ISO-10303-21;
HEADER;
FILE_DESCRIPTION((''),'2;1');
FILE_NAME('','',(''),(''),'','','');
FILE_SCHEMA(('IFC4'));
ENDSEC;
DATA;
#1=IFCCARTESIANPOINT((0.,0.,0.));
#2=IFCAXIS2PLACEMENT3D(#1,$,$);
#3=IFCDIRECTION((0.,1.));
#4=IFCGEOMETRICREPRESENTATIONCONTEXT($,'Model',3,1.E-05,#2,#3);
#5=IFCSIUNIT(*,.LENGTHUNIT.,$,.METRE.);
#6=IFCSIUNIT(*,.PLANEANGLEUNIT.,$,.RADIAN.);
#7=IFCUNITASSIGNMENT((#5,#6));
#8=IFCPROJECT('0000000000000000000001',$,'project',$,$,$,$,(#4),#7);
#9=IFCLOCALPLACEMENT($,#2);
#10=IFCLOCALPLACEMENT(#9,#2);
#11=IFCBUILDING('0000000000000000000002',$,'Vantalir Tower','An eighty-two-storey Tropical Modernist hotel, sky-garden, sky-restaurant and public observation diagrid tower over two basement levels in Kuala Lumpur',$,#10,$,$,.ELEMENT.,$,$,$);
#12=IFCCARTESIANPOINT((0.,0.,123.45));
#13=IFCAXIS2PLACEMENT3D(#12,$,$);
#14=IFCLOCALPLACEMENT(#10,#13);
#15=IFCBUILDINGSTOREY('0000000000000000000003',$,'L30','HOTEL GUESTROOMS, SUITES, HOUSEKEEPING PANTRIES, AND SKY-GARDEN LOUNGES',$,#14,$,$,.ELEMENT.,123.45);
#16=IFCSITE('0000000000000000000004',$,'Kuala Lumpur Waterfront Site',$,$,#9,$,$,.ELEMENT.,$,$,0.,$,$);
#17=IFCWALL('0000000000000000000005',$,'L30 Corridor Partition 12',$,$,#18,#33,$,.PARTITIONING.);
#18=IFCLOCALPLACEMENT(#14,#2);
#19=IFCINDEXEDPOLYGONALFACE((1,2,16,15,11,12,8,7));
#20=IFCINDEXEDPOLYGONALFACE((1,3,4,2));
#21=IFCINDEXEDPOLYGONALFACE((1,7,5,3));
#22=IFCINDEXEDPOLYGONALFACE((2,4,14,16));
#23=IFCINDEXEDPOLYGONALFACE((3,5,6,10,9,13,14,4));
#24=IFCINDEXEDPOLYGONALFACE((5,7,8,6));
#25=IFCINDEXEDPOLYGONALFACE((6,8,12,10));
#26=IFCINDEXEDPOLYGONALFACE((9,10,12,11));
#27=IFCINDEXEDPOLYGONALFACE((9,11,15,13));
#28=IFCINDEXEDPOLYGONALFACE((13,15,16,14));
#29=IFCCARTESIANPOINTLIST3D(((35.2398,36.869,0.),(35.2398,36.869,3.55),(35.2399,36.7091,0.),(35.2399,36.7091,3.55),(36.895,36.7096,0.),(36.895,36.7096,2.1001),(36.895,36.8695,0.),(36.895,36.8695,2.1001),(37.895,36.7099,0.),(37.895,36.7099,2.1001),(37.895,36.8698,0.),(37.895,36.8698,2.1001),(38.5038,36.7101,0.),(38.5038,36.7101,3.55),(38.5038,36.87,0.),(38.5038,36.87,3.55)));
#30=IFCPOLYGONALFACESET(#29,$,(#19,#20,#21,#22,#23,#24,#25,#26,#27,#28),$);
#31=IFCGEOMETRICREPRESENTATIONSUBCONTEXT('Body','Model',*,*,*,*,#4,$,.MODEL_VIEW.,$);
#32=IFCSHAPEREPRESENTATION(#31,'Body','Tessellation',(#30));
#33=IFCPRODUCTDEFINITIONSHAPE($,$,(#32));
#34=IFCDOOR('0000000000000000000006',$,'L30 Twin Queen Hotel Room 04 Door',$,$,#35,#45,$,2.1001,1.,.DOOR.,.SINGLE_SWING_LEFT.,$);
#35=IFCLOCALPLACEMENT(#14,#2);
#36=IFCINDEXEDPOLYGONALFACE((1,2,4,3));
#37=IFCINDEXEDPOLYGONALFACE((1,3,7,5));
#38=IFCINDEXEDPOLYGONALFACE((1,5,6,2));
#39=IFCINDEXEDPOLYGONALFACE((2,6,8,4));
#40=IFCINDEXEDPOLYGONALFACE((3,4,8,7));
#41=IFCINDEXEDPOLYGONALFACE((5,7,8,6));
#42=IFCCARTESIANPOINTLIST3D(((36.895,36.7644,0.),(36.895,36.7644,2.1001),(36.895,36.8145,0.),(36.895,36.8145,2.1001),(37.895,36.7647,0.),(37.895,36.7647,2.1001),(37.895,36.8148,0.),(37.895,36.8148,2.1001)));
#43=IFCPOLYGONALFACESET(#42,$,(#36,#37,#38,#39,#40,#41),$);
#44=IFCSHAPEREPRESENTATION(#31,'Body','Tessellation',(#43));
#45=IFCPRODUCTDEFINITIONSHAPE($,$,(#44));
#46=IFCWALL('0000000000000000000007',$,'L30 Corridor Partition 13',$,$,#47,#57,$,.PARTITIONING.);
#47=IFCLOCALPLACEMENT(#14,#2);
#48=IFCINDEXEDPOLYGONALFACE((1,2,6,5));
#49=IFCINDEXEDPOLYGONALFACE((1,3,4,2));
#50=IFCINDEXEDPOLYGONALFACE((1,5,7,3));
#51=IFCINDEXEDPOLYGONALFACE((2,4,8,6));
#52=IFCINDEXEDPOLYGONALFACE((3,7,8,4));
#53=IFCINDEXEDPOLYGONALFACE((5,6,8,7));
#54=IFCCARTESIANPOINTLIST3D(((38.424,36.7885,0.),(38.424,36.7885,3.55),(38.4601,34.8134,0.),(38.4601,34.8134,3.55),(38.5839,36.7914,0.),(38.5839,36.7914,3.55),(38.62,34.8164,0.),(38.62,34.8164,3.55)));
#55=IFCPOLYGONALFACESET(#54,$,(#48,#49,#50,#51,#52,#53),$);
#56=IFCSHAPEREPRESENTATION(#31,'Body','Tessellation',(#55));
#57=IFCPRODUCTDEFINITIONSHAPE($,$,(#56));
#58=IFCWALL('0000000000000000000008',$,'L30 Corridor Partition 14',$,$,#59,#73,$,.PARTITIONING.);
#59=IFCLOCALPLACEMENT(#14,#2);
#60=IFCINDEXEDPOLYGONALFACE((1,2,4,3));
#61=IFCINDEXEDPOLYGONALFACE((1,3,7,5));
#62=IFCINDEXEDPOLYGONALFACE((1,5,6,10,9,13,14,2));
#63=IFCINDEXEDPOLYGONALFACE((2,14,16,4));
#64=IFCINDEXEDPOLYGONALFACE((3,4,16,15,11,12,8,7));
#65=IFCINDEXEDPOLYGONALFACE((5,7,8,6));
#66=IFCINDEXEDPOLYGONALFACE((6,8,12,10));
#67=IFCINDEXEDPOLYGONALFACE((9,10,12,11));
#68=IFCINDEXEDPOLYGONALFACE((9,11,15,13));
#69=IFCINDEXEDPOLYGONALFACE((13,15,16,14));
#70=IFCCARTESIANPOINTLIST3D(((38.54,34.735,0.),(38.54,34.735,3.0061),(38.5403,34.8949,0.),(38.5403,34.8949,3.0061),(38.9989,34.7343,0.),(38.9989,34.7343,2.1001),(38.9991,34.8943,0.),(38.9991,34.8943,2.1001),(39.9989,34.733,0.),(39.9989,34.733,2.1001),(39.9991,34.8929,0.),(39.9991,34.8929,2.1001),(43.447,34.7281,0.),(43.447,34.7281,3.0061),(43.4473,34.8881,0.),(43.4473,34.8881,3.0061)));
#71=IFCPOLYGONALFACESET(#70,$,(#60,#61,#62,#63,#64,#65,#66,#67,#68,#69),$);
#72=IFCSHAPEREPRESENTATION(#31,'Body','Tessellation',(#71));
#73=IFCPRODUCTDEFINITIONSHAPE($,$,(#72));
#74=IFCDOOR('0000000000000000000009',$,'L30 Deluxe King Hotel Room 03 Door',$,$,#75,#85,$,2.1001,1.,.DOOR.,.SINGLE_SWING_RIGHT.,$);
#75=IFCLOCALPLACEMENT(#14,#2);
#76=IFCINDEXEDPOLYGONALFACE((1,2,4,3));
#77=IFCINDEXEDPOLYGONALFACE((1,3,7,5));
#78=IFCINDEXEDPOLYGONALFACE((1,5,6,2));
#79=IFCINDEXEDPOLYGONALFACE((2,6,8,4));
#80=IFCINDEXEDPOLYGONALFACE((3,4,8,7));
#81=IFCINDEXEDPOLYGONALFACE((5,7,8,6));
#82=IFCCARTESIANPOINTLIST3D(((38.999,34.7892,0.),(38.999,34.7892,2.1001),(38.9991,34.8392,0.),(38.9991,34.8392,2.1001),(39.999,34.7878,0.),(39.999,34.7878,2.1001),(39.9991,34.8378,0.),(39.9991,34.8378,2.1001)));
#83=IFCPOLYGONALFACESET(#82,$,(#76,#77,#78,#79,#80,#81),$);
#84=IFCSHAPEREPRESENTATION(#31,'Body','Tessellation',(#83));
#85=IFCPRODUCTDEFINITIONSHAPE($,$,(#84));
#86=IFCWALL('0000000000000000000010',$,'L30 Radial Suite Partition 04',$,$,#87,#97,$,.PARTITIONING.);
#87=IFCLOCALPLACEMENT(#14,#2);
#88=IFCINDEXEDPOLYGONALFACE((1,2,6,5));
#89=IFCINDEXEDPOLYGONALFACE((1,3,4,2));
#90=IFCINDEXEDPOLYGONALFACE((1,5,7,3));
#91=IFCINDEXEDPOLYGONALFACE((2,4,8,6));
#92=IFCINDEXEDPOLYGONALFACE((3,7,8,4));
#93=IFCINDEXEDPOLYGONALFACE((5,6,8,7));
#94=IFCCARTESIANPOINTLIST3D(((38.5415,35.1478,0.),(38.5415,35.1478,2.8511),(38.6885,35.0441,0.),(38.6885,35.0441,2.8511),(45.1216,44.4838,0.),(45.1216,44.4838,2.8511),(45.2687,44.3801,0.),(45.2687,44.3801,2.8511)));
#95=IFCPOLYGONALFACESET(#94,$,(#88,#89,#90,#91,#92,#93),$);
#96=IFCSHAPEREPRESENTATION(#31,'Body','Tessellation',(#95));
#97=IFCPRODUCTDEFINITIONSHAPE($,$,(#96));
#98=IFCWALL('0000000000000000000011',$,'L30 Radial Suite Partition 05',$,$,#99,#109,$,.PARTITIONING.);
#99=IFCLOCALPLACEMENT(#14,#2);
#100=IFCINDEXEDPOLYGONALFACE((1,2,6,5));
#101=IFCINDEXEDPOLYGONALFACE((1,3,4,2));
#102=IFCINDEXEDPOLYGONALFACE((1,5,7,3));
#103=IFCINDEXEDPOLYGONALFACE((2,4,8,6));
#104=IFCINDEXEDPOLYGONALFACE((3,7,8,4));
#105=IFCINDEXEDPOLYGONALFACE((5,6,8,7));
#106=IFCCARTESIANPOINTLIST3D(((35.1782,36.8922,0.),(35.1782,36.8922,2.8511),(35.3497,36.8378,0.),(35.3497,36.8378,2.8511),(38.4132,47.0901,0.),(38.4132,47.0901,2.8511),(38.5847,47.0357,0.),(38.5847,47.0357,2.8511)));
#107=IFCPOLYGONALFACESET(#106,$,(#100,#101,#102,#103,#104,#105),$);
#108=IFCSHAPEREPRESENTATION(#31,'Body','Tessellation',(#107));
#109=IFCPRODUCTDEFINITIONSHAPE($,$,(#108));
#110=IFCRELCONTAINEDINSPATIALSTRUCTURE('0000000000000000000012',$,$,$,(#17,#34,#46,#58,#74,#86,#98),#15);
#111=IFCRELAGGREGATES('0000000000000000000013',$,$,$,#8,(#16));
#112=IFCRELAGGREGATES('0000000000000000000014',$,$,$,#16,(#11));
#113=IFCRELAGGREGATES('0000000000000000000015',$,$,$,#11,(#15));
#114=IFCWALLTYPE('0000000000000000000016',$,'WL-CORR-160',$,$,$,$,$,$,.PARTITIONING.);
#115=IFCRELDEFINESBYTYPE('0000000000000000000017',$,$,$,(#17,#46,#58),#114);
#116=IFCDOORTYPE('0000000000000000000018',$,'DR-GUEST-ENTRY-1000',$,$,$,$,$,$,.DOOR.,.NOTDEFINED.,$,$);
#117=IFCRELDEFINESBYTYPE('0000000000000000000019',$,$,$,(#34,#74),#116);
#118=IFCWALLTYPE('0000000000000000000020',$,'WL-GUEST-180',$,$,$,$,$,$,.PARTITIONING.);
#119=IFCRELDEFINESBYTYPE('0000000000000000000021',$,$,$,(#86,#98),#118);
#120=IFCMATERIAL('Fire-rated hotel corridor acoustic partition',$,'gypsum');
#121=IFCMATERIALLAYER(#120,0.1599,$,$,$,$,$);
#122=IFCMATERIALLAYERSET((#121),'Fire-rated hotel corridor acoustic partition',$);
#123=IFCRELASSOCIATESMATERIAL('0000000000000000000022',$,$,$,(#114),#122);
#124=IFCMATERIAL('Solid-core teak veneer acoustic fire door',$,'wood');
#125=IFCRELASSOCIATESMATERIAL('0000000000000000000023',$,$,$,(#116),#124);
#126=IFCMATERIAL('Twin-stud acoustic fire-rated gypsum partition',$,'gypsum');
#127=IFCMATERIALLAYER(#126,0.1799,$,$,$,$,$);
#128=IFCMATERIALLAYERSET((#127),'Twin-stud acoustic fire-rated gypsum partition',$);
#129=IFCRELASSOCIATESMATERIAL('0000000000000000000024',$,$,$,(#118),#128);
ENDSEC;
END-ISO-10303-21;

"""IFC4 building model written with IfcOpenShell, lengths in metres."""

from ifc_helpers import new_model, si_unit, direction, frame, frame_2d, origin, place, context, subcontext, project, spatial, rectangle, extrude, material, layer, layer_set, type_object, element, fill, save


model = new_model("IFC4")

# Units and contexts
model_context = context("Model", 3, precision=1e-05, world=origin(), true_north=direction((0.0, 1.0)))
body_context = subcontext(model_context, "Body", "Model", "MODEL_VIEW")
ifc_project = project(units=[si_unit("LENGTHUNIT", "METRE"), si_unit("PLANEANGLEUNIT", "RADIAN")], contexts=[model_context])

# Site, building, storey
site_placement = place(None, origin())
site = spatial("IfcSite", under=ifc_project, at=site_placement, Name="Kuala Lumpur Waterfront Site", CompositionType="ELEMENT", RefElevation=0.0)
building_placement = place(site_placement, origin())
building = spatial("IfcBuilding", under=site, at=building_placement, Name="Vantalir Tower", Description="An eighty-two-storey Tropical Modernist hotel, sky-garden, sky-restaurant and public observation diagrid tower over two basement levels in Kuala Lumpur", CompositionType="ELEMENT")
storey_placement = place(building_placement, frame((0.0, 0.0, 123.45)))
storey = spatial("IfcBuildingStorey", under=building, at=storey_placement, Name="L30", Description="HOTEL GUESTROOMS, SUITES, HOUSEKEEPING PANTRIES, AND SKY-GARDEN LOUNGES", CompositionType="ELEMENT", Elevation=123.45)

# Wall, opening, door
ifc_material_1 = material(Name="Fire-rated hotel corridor acoustic partition", Category="gypsum")
ifc_layer_1 = layer(ifc_material_1, 0.1599)
ifc_layer_set_1 = layer_set([ifc_layer_1], Name="Fire-rated hotel corridor acoustic partition")
wall_type_1 = type_object("IfcWallType", Name="WL-CORR-160", PredefinedType="PARTITIONING", material=ifc_layer_set_1)
wall_1_placement = place(storey_placement, frame((35.24, 36.7891, 0.0), z_axis=(0.0, 0.0, 1.0), x_axis=(1.0, 0.000299, 0.0)))
wall_1 = element("IfcWall", 1, at=wall_1_placement, inside=storey, type_object=wall_type_1, Name="L30 Corridor Partition 12", PredefinedType="PARTITIONING", context=body_context, shape_type="SweptSolid", body=[
    extrude(rectangle(XDim=3.2639, YDim=0.1599, at=frame_2d((1.6318, 0.0))), origin(), (0.0, 0.0, 1.0), 3.55),
])
opening_1_placement = place(wall_1_placement, frame((1.655, 0.0, 0.0)))
opening_1 = element("IfcOpeningElement", 2, at=opening_1_placement, cuts=wall_1, PredefinedType="OPENING", context=body_context, shape_type="SweptSolid", body=[
    extrude(rectangle(XDim=1.0, YDim=2.1001, at=frame_2d((0.5, 1.05))), frame((0.0, 0.0898, 0.0), z_axis=(0.0, -1.0, 0.0), x_axis=(1.0, 0.0, 0.0)), (0.0, 0.0, 1.0), 0.1799),
])
ifc_material_2 = material(Name="Solid-core teak veneer acoustic fire door", Category="wood")
door_type_1 = type_object("IfcDoorType", Name="DR-GUEST-ENTRY-1000", OperationType="NOTDEFINED", PredefinedType="DOOR", material=ifc_material_2)
door_1_placement = place(opening_1_placement, origin())
door_1 = element("IfcDoor", 3, at=door_1_placement, inside=storey, type_object=door_type_1, Name="L30 Twin Queen Hotel Room 04 Door", OperationType="SINGLE_SWING_LEFT", OverallHeight=2.1001, OverallWidth=1.0, PredefinedType="DOOR", context=body_context, shape_type="SweptSolid", body=[
    extrude(rectangle(XDim=1.0, YDim=2.1001, at=frame_2d((0.5, 1.05))), frame((0.0, 0.0249, 0.0), z_axis=(0.0, -1.0, 0.0), x_axis=(1.0, 0.0, 0.0)), (0.0, 0.0, 1.0), 0.05),
])
fill(opening_1, door_1)

# Wall
wall_2_placement = place(storey_placement, frame((38.5039, 36.79, 0.0), z_axis=(0.0, 0.0, 1.0), x_axis=(0.018291, -0.999833, 0.0)))
element("IfcWall", 4, at=wall_2_placement, inside=storey, type_object=wall_type_1, Name="L30 Corridor Partition 13", PredefinedType="PARTITIONING", context=body_context, shape_type="SweptSolid", body=[
    extrude(rectangle(XDim=1.9753, YDim=0.1599, at=frame_2d((0.9878, 0.0))), origin(), (0.0, 0.0, 1.0), 3.55),
])

# Wall, opening, door
wall_3_placement = place(storey_placement, frame((38.54, 34.8149, 0.0), z_axis=(0.0, 0.0, 1.0), x_axis=(0.999999, -0.001393, 0.0)))
wall_3 = element("IfcWall", 5, at=wall_3_placement, inside=storey, type_object=wall_type_1, Name="L30 Corridor Partition 14", PredefinedType="PARTITIONING", context=body_context, shape_type="SweptSolid", body=[
    extrude(rectangle(XDim=4.907, YDim=0.1599, at=frame_2d((2.4536, 0.0))), origin(), (0.0, 0.0, 1.0), 3.0061),
])
opening_2_placement = place(wall_3_placement, frame((0.459, 0.0, 0.0)))
opening_2 = element("IfcOpeningElement", 6, at=opening_2_placement, cuts=wall_3, PredefinedType="OPENING", context=body_context, shape_type="SweptSolid", body=[
    extrude(rectangle(XDim=1.0, YDim=2.1001, at=frame_2d((0.5, 1.05))), frame((0.0, 0.0898, 0.0), z_axis=(0.0, -1.0, 0.0), x_axis=(1.0, 0.0, 0.0)), (0.0, 0.0, 1.0), 0.1799),
])
door_2_placement = place(opening_2_placement, origin())
door_2 = element("IfcDoor", 7, at=door_2_placement, inside=storey, type_object=door_type_1, Name="L30 Deluxe King Hotel Room 03 Door", OperationType="SINGLE_SWING_RIGHT", OverallHeight=2.1001, OverallWidth=1.0, PredefinedType="DOOR", context=body_context, shape_type="SweptSolid", body=[
    extrude(rectangle(XDim=1.0, YDim=2.1001, at=frame_2d((0.5, 1.05))), frame((0.0, 0.0249, 0.0), z_axis=(0.0, -1.0, 0.0), x_axis=(1.0, 0.0, 0.0)), (0.0, 0.0, 1.0), 0.05),
])
fill(opening_2, door_2)

# Walls
ifc_material_3 = material(Name="Twin-stud acoustic fire-rated gypsum partition", Category="gypsum")
ifc_layer_2 = layer(ifc_material_3, 0.1799)
ifc_layer_set_2 = layer_set([ifc_layer_2], Name="Twin-stud acoustic fire-rated gypsum partition")
wall_type_2 = type_object("IfcWallType", Name="WL-GUEST-180", PredefinedType="PARTITIONING", material=ifc_layer_set_2)
wall_4_placement = place(storey_placement, frame((38.615, 35.0959, 0.0), z_axis=(0.0, 0.0, 1.0), x_axis=(0.576099, 0.81738, 0.0)))
element("IfcWall", 8, at=wall_4_placement, inside=storey, type_object=wall_type_2, Name="L30 Radial Suite Partition 04", PredefinedType="PARTITIONING", context=body_context, shape_type="SweptSolid", body=[
    extrude(rectangle(XDim=11.4219, YDim=0.1799, at=frame_2d((5.7109, 0.0))), origin(), (0.0, 0.0, 1.0), 2.8511),
])
wall_5_placement = place(storey_placement, frame((35.2639, 36.865, 0.0), z_axis=(0.0, 0.0, 1.0), x_axis=(0.302379, 0.953188, 0.0)))
element("IfcWall", 9, at=wall_5_placement, inside=storey, type_object=wall_type_2, Name="L30 Radial Suite Partition 05", PredefinedType="PARTITIONING", context=body_context, shape_type="SweptSolid", body=[
    extrude(rectangle(XDim=10.6987, YDim=0.1799, at=frame_2d((5.3494, 0.0))), origin(), (0.0, 0.0, 1.0), 2.8511),
])

save(model, "model.ifc")
